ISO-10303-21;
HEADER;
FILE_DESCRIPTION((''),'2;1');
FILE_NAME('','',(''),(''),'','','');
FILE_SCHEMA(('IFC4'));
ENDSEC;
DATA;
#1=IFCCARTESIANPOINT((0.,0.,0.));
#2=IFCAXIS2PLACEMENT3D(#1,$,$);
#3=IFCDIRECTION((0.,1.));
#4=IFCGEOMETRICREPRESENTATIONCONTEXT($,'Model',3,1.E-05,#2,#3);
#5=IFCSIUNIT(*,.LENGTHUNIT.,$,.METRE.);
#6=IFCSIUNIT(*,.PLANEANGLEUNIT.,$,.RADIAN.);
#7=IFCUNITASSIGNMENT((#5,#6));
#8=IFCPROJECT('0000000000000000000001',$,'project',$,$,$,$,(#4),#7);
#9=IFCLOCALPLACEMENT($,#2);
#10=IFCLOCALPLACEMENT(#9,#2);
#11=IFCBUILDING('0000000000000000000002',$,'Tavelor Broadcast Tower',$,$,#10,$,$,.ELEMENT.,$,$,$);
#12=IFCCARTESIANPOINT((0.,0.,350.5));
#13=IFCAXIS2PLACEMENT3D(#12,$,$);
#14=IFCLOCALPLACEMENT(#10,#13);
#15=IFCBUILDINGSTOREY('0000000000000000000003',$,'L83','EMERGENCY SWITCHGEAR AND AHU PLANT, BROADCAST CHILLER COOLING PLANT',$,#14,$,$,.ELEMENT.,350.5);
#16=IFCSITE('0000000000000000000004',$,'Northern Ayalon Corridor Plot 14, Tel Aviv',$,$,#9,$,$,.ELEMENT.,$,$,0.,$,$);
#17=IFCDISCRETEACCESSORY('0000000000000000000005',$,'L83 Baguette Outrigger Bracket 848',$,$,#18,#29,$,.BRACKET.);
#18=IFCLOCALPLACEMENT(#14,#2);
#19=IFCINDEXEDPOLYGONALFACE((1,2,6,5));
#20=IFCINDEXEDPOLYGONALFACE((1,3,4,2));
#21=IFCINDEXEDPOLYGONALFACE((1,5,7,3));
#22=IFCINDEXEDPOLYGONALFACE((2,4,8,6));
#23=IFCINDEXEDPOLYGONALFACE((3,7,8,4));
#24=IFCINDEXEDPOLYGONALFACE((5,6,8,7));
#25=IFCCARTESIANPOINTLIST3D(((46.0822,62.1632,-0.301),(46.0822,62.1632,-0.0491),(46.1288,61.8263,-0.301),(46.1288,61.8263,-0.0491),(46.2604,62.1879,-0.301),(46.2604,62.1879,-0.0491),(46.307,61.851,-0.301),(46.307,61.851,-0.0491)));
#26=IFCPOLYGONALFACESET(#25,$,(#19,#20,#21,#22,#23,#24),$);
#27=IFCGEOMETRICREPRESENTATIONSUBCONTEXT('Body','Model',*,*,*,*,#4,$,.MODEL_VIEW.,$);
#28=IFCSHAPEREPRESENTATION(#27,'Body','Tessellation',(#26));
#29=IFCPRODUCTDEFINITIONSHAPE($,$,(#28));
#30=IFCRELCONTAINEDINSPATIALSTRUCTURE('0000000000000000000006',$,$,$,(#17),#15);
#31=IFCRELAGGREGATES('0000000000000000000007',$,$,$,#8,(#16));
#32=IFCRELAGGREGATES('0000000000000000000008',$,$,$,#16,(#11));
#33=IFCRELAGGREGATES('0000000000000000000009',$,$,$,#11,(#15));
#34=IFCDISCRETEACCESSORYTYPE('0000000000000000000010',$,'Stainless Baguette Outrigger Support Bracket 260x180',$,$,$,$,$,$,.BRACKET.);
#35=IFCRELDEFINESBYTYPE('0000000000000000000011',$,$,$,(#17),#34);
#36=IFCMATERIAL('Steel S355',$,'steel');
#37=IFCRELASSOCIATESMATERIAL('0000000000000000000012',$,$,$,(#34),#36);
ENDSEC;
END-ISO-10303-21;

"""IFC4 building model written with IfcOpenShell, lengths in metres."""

from ifc_helpers import new_model, si_unit, direction, frame, origin, origin_2d, place, context, subcontext, project, spatial, rectangle, extrude, source, transform, mapped, material, type_object, type_shapes, element, save


model = new_model("IFC4")

# Units and contexts
model_context = context("Model", 3, precision=1e-05, world=origin(), true_north=direction((0.0, 1.0)))
body_context = subcontext(model_context, "Body", "Model", "MODEL_VIEW")
ifc_project = project(units=[si_unit("LENGTHUNIT", "METRE"), si_unit("PLANEANGLEUNIT", "RADIAN")], contexts=[model_context])

# Site, building, storey
site_placement = place(None, origin())
site = spatial("IfcSite", under=ifc_project, at=site_placement, Name="Northern Ayalon Corridor Plot 14, Tel Aviv", CompositionType="ELEMENT", RefElevation=0.0)
building_placement = place(site_placement, origin())
building = spatial("IfcBuilding", under=site, at=building_placement, Name="Tavelor Broadcast Tower", CompositionType="ELEMENT")
storey_placement = place(building_placement, frame((0.0, 0.0, 350.5)))
storey = spatial("IfcBuildingStorey", under=building, at=storey_placement, Name="L83", Description="EMERGENCY SWITCHGEAR AND AHU PLANT, BROADCAST CHILLER COOLING PLANT", CompositionType="ELEMENT", Elevation=350.5)

# Discrete accessory
ifc_material_1 = material(Name="Steel S355", Category="steel")
discrete_accessory_type = type_object("IfcDiscreteAccessoryType", Name="Stainless Baguette Outrigger Support Bracket 260x180", PredefinedType="BRACKET", material=ifc_material_1)
shared_shape_1 = source(origin(), body_context, "Body", "SweptSolid", [
    extrude(rectangle(XDim=0.1799, YDim=0.3401, at=origin_2d()), origin(), (0.0, 0.0, 1.0), 0.252),
])
type_shapes(discrete_accessory_type, [shared_shape_1])
for number, where, z_axis, x_axis, name in (
    (1, (46.1946, 62.0071, -0.301), (0.0, 0.0, 1.0), (-0.990557, -0.137099, 0.0), "L83 Baguette Outrigger Bracket 848"),
):
    element("IfcDiscreteAccessory", number, at=place(storey_placement, frame(where, z_axis=z_axis, x_axis=x_axis)), inside=storey, type_object=discrete_accessory_type, Name=name, PredefinedType="BRACKET", context=body_context, shape_type="MappedRepresentation", body=[
        mapped(shared_shape_1, transform((0.0, 0.0, 0.0), scale=1.0)),
    ])

save(model, "model.ifc")
